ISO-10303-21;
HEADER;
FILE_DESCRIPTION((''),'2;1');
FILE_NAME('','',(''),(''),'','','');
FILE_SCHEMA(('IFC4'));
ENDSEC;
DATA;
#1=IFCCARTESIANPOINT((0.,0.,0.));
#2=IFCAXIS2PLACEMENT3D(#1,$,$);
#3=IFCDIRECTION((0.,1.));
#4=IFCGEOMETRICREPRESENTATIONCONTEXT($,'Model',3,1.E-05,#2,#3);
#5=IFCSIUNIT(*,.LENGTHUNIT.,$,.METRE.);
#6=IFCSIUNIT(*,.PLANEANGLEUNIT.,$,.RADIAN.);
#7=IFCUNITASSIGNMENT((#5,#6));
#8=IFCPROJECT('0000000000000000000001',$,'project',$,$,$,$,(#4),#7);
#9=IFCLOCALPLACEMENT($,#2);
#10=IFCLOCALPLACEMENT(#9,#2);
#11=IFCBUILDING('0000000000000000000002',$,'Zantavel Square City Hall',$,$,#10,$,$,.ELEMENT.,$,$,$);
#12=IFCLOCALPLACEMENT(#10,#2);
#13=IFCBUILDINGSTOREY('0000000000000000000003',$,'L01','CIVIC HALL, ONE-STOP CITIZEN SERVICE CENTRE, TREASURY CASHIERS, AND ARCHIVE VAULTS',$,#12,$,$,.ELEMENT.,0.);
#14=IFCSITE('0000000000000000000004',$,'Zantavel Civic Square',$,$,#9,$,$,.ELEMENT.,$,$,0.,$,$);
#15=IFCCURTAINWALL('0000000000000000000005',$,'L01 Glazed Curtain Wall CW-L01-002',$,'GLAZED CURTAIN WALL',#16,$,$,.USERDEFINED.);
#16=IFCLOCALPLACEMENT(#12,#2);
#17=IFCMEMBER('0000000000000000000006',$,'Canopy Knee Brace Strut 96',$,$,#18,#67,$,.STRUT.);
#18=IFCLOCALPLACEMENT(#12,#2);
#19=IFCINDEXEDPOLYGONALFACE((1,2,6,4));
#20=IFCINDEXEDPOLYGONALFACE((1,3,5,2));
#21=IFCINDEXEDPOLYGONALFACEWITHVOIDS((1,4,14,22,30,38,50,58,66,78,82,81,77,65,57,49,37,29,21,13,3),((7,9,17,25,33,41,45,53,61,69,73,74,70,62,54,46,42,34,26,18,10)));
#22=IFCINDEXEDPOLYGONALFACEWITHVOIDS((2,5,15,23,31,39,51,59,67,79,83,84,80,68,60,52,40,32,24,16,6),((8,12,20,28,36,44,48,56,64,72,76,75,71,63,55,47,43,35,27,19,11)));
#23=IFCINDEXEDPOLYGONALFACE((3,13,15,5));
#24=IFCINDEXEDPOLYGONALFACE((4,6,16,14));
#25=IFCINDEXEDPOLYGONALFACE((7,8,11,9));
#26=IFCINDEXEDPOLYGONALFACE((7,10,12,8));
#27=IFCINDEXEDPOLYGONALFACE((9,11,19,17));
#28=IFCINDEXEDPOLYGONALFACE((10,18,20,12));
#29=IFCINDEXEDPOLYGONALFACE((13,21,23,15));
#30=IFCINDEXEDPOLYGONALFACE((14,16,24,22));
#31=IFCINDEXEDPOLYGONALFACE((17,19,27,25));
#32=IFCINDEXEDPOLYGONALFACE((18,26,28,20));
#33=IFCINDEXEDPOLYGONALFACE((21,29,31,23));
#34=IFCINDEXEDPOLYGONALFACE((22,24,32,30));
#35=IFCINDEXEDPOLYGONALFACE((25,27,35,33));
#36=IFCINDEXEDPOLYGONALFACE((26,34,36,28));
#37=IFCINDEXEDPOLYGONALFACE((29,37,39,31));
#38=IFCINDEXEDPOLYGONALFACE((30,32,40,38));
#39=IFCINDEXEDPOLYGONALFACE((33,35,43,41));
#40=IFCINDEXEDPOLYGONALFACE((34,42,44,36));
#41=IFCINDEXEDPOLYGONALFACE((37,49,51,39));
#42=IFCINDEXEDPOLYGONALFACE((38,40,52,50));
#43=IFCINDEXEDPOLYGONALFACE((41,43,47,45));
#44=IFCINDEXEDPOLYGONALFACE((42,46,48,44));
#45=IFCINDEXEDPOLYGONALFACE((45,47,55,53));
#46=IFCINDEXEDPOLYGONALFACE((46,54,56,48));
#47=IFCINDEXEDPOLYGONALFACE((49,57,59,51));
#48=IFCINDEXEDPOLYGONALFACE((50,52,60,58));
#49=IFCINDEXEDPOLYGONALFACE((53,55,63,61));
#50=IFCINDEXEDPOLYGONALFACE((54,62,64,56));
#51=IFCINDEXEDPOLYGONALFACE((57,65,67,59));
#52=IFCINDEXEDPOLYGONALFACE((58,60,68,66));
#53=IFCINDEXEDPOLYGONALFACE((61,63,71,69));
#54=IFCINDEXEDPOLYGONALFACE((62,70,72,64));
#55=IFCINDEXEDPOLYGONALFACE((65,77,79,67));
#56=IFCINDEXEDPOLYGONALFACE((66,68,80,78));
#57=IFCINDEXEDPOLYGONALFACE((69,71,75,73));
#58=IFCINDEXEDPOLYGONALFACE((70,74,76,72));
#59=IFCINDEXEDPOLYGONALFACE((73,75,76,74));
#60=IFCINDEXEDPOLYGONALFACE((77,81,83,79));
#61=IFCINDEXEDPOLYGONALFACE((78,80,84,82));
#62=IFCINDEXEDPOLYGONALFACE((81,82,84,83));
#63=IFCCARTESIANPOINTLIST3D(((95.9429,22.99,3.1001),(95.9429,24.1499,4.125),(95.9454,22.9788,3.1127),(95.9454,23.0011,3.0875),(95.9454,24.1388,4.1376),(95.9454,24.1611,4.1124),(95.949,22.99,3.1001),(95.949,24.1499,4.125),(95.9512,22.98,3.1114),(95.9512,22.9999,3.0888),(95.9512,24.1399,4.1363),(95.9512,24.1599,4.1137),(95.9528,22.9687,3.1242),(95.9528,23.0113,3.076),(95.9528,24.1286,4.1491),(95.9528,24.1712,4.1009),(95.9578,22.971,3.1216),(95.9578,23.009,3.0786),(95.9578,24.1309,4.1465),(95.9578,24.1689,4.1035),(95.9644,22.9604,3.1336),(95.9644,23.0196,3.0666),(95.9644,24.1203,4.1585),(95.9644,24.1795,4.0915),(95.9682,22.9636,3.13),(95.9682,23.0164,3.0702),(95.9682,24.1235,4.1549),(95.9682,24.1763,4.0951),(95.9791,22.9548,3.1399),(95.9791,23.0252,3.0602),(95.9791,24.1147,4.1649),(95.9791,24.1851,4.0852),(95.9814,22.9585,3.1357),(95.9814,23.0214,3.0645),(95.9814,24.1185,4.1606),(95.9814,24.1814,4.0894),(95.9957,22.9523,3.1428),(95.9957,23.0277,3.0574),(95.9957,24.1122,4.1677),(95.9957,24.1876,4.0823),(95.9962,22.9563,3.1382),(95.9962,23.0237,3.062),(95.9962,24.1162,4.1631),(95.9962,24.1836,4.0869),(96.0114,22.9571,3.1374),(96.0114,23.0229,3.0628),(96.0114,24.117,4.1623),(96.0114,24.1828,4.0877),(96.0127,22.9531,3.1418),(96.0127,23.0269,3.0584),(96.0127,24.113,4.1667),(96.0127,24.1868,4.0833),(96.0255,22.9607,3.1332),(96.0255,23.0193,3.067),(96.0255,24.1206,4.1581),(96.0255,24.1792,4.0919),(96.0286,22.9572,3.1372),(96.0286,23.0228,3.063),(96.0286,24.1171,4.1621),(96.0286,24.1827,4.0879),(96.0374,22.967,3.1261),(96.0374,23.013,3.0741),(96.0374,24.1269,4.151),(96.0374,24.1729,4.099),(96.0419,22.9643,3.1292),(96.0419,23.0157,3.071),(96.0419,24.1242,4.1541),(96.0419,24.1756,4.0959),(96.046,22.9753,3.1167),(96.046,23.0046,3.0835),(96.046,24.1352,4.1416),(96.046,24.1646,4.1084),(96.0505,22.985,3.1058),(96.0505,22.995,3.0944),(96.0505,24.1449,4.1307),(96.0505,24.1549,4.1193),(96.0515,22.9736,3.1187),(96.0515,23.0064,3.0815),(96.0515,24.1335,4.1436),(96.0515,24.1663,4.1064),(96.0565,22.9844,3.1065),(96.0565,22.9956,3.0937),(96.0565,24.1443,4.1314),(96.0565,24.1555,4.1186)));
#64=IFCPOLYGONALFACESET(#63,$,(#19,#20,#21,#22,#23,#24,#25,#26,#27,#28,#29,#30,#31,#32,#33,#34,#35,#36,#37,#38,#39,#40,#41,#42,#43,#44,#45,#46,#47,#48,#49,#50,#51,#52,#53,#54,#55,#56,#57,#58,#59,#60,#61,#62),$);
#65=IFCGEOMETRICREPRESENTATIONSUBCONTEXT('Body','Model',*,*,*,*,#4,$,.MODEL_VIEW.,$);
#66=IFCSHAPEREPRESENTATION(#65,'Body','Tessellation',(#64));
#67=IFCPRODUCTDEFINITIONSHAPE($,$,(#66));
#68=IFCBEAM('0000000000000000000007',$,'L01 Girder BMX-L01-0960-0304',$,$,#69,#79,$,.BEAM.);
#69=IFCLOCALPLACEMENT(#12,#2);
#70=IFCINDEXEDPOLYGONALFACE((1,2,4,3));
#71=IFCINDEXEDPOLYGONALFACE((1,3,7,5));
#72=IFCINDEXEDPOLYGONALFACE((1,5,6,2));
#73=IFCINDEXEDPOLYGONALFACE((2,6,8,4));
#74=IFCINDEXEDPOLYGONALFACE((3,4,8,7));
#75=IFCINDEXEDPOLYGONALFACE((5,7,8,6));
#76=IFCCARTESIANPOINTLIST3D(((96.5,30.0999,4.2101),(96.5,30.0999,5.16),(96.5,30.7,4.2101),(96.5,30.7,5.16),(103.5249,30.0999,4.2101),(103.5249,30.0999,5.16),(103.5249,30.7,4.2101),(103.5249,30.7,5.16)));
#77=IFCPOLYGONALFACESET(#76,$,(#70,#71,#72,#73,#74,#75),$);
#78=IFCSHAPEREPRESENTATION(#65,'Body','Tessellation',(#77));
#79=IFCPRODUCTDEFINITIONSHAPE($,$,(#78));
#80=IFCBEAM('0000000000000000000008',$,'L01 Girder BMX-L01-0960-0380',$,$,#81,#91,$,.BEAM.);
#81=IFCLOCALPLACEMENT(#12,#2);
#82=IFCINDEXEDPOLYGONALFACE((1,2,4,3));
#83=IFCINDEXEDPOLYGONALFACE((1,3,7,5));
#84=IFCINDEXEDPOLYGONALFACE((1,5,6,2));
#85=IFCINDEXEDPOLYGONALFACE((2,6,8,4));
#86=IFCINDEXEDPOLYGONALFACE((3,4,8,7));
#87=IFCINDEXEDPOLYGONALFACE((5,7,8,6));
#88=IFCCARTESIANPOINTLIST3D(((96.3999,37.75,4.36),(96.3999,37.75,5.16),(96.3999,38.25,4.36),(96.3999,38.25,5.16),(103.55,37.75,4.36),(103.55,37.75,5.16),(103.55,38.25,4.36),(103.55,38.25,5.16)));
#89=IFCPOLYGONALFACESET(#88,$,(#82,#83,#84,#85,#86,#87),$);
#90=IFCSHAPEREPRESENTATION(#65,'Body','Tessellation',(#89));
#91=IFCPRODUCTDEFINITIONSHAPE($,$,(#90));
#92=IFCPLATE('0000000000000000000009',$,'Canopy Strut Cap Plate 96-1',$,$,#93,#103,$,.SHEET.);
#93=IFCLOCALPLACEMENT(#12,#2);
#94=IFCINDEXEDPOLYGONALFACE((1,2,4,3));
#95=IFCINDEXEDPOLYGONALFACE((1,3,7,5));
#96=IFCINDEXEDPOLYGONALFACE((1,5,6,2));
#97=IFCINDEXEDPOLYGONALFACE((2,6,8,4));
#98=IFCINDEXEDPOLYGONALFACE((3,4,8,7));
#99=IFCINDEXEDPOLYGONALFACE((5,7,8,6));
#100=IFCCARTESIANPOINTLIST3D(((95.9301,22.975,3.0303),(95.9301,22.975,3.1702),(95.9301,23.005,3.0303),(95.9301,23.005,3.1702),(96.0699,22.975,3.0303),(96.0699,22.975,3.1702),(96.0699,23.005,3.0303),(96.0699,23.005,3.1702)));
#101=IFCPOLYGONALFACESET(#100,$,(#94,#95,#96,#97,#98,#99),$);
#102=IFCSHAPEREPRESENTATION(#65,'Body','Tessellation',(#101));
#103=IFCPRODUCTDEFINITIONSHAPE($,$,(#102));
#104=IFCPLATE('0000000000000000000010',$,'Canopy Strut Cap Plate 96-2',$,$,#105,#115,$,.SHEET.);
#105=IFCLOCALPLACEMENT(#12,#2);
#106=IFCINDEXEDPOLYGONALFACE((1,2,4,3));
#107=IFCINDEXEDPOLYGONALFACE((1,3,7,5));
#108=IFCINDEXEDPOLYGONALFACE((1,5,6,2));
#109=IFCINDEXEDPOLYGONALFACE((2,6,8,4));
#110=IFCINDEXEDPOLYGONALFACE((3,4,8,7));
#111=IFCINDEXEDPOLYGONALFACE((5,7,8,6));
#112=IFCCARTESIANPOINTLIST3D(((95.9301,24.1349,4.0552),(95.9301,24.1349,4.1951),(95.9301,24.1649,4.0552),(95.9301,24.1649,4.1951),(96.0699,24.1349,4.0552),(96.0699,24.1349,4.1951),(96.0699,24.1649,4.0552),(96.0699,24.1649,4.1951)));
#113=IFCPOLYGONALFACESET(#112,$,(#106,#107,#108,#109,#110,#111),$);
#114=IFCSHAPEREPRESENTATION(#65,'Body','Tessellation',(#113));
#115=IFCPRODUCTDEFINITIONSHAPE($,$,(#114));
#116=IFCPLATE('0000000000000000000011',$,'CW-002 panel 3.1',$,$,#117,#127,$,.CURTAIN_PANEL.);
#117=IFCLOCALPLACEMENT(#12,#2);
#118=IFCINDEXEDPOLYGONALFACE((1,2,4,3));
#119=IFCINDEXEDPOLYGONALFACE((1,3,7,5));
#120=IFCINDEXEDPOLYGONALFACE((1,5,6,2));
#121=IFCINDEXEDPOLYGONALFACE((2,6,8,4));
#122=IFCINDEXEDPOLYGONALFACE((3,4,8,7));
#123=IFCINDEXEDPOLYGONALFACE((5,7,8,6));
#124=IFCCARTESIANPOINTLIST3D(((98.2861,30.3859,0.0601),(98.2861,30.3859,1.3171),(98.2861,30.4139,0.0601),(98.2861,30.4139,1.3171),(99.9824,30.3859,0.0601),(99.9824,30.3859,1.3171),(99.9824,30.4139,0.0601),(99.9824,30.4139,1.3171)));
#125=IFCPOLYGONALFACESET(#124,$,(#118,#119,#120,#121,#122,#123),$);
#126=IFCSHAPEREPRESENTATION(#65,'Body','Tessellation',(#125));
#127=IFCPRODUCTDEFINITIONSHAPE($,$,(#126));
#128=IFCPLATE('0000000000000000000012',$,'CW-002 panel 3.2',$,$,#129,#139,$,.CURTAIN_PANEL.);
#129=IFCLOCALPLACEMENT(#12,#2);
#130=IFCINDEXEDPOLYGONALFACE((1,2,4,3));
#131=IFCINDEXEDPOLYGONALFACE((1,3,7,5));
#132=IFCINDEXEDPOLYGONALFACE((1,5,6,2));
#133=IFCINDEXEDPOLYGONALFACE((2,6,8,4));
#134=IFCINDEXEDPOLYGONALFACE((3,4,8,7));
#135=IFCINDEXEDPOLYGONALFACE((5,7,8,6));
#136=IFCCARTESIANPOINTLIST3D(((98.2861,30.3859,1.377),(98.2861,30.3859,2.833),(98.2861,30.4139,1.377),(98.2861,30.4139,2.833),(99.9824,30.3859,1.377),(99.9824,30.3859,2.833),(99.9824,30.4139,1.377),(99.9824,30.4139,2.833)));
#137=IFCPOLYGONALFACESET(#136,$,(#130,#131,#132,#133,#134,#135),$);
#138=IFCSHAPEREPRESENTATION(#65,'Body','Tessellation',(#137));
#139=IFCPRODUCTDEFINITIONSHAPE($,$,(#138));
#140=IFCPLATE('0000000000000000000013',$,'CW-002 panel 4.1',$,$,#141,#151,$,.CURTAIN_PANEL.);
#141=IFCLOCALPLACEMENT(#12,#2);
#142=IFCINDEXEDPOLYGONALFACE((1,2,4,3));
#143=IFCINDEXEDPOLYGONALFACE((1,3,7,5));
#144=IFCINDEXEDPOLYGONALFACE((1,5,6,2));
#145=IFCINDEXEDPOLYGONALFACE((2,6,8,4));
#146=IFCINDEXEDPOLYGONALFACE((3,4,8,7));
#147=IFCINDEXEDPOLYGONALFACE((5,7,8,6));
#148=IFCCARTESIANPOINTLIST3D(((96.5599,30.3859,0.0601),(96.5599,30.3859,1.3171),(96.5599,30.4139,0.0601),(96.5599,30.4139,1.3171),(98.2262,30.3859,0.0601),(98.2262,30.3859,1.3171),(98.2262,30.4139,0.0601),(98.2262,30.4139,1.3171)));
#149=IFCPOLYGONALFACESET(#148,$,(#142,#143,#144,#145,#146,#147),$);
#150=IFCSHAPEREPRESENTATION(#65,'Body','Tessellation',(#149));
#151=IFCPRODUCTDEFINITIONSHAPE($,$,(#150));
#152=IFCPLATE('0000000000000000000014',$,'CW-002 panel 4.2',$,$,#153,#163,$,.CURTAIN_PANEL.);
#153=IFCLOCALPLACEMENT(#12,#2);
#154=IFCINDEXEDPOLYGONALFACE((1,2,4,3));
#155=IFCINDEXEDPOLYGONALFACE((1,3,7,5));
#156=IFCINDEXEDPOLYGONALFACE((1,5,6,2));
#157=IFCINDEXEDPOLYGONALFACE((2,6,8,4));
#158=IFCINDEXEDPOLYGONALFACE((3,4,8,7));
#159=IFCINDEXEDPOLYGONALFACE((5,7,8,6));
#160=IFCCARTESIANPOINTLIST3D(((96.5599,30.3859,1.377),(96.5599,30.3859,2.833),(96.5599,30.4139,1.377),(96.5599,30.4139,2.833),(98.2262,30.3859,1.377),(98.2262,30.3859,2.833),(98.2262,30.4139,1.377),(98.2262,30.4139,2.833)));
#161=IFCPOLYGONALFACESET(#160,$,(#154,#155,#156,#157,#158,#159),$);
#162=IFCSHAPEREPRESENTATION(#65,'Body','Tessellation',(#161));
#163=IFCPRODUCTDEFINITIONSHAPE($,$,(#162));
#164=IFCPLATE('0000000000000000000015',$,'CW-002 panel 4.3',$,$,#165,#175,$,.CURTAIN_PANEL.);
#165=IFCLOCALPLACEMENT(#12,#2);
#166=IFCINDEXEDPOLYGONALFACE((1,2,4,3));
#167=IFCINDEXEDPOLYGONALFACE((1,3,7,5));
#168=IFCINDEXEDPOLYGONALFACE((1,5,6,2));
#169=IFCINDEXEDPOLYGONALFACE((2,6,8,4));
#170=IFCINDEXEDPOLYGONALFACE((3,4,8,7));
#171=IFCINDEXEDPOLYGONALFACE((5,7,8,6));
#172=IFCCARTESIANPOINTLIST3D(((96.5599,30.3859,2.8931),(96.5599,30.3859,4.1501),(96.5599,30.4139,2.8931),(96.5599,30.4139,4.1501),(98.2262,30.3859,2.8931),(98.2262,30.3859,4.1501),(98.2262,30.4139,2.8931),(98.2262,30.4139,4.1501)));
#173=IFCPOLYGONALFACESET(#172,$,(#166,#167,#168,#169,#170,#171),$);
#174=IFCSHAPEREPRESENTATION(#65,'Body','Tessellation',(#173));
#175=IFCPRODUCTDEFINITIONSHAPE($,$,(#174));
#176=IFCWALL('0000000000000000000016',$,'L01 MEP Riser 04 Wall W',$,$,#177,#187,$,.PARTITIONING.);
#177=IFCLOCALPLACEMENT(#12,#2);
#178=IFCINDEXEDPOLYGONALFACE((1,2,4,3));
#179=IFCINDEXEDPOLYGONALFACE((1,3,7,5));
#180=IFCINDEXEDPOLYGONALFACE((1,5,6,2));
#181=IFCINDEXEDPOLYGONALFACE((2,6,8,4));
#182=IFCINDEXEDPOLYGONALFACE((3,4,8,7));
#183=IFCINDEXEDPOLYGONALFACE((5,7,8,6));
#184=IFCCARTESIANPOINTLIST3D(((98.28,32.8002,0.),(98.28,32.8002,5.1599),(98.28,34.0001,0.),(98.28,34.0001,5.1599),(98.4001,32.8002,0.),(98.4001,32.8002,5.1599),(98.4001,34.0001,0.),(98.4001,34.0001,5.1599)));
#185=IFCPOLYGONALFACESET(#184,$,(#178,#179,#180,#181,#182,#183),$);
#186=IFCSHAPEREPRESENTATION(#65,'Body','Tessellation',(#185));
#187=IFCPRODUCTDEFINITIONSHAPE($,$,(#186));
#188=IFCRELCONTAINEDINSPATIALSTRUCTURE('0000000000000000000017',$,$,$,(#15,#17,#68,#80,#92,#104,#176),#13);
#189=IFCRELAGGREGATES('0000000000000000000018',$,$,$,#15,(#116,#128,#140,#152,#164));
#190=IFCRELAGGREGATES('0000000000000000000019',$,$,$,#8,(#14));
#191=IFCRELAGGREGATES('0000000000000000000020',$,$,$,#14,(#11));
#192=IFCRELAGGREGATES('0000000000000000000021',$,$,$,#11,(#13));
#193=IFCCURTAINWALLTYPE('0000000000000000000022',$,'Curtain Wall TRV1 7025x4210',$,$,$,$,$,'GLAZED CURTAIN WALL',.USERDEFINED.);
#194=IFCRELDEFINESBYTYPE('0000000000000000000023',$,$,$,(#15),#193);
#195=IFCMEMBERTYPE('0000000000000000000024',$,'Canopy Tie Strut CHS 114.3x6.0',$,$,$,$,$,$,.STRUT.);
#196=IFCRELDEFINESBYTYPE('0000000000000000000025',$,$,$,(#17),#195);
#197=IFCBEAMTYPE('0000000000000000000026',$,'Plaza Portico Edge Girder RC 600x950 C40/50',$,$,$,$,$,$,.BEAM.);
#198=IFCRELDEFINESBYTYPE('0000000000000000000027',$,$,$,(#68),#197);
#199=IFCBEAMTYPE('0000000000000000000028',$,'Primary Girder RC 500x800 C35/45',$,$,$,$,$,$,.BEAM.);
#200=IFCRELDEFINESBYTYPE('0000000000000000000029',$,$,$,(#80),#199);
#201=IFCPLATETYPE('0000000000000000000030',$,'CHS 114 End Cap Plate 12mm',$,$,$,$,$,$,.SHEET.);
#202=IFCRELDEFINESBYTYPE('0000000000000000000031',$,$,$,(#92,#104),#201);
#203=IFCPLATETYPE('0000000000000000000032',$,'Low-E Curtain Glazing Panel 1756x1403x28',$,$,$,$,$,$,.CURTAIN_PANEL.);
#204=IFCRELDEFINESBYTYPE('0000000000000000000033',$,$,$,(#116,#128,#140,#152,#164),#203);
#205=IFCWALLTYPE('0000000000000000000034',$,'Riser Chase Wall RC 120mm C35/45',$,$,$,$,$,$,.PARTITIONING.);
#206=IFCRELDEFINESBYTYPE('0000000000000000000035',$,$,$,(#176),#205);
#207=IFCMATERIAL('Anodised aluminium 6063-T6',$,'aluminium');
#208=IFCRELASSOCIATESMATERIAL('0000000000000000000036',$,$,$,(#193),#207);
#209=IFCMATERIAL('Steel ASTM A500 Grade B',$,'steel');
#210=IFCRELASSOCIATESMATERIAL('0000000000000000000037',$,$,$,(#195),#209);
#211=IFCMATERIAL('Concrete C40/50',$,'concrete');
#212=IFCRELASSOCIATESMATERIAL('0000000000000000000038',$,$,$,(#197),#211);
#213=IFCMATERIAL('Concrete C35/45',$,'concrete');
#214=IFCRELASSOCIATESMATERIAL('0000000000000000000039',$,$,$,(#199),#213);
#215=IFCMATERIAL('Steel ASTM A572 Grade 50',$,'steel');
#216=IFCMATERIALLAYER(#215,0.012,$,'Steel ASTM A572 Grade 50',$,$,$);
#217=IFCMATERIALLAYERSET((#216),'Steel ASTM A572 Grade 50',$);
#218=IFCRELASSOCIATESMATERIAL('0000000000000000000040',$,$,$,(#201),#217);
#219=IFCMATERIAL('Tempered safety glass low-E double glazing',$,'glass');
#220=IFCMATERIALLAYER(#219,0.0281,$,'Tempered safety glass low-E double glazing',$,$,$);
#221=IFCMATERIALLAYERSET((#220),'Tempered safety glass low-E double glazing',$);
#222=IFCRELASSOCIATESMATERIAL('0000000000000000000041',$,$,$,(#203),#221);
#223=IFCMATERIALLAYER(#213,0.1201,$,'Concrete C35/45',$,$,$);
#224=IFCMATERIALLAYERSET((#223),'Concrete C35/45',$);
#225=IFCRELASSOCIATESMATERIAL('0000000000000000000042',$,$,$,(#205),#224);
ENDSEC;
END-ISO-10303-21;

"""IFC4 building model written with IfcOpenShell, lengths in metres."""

from ifc_helpers import new_model, si_unit, direction, frame, frame_2d, origin, origin_2d, place, context, subcontext, project, spatial, rectangle, hollow_circle, extrude, material, layer, layer_set, material_profile, profile_set, type_object, element, aggregate, save


model = new_model("IFC4")

# Units and contexts
model_context = context("Model", 3, precision=1e-05, world=origin(), true_north=direction((0.0, 1.0)))
body_context = subcontext(model_context, "Body", "Model", "MODEL_VIEW")
ifc_project = project(units=[si_unit("LENGTHUNIT", "METRE"), si_unit("PLANEANGLEUNIT", "RADIAN")], contexts=[model_context])

# Site, building, storey
site_placement = place(None, origin())
site = spatial("IfcSite", under=ifc_project, at=site_placement, Name="Zantavel Civic Square", CompositionType="ELEMENT", RefElevation=0.0)
building_placement = place(site_placement, origin())
building = spatial("IfcBuilding", under=site, at=building_placement, Name="Zantavel Square City Hall", CompositionType="ELEMENT")
storey_placement = place(building_placement, origin())
storey = spatial("IfcBuildingStorey", under=building, at=storey_placement, Name="L01", Description="CIVIC HALL, ONE-STOP CITIZEN SERVICE CENTRE, TREASURY CASHIERS, AND ARCHIVE VAULTS", CompositionType="ELEMENT", Elevation=0.0)

# Shared definitions
ifc_material_1 = material(Name="Concrete C40/50", Category="concrete")

# Curtain wall
ifc_material_2 = material(Name="Anodised aluminium 6063-T6", Category="aluminium")
curtain_wall_type = type_object("IfcCurtainWallType", Name="Curtain Wall TRV1 7025x4210", ElementType="GLAZED CURTAIN WALL", PredefinedType="USERDEFINED", material=ifc_material_2)
curtain_wall_placement = place(storey_placement, origin())
curtain_wall = element("IfcCurtainWall", 1, at=curtain_wall_placement, inside=storey, type_object=curtain_wall_type, Name="L01 Glazed Curtain Wall CW-L01-002", ObjectType="GLAZED CURTAIN WALL", PredefinedType="USERDEFINED")

# Member
ifc_material_3 = material(Name="Steel ASTM A500 Grade B", Category="steel")
ifc_material_profile_1 = material_profile(ifc_material_3, hollow_circle(Radius=0.0571, WallThickness=0.0061, at=origin_2d()), Name="CHS 114.3x6.0")
ifc_profile_set_1 = profile_set([ifc_material_profile_1], Name="Steel ASTM A500 Grade B")
member_type_1 = type_object("IfcMemberType", Name="Canopy Tie Strut CHS 114.3x6.0", PredefinedType="STRUT", material=ifc_profile_set_1)
member_1_placement = place(storey_placement, frame((96.0, 22.99, 3.1001), z_axis=(0.0, 0.749373, 0.662148), x_axis=(-1.0, 0.0, 0.0)))
element("IfcMember", 2, at=member_1_placement, inside=storey, type_object=member_type_1, Name="Canopy Knee Brace Strut 96", PredefinedType="STRUT", context=body_context, shape_type="SweptSolid", body=[
    extrude(hollow_circle(Radius=0.0571, WallThickness=0.0061, at=origin_2d()), origin(), (0.0, 0.0, 1.0), 1.5479),
])

# Beams
ifc_material_profile_2 = material_profile(ifc_material_1, rectangle(XDim=0.6001, YDim=0.95, at=origin_2d()), Name="RC 600x950")
ifc_profile_set_2 = profile_set([ifc_material_profile_2], Name="Concrete C40/50")
beam_type_1 = type_object("IfcBeamType", Name="Plaza Portico Edge Girder RC 600x950 C40/50", PredefinedType="BEAM", material=ifc_profile_set_2)
beam_1_placement = place(storey_placement, frame((96.5, 30.3999, 4.6851), z_axis=(1.0, 0.0, 0.0), x_axis=(0.0, 1.0, 0.0)))
element("IfcBeam", 3, at=beam_1_placement, inside=storey, type_object=beam_type_1, Name="L01 Girder BMX-L01-0960-0304", PredefinedType="BEAM", context=body_context, shape_type="SweptSolid", body=[
    extrude(rectangle(XDim=0.6001, YDim=0.95, at=origin_2d()), origin(), (0.0, 0.0, 1.0), 7.0249),
])
ifc_material_4 = material(Name="Concrete C35/45", Category="concrete")
ifc_material_profile_3 = material_profile(ifc_material_4, rectangle(XDim=0.5, YDim=0.8, at=origin_2d()), Name="RC 500x800")
ifc_profile_set_3 = profile_set([ifc_material_profile_3], Name="Concrete C35/45")
beam_type_2 = type_object("IfcBeamType", Name="Primary Girder RC 500x800 C35/45", PredefinedType="BEAM", material=ifc_profile_set_3)
beam_2_placement = place(storey_placement, frame((96.3999, 38.0, 4.76), z_axis=(1.0, 0.0, 0.0), x_axis=(0.0, 1.0, 0.0)))
element("IfcBeam", 4, at=beam_2_placement, inside=storey, type_object=beam_type_2, Name="L01 Girder BMX-L01-0960-0380", PredefinedType="BEAM", context=body_context, shape_type="SweptSolid", body=[
    extrude(rectangle(XDim=0.5, YDim=0.8, at=origin_2d()), origin(), (0.0, 0.0, 1.0), 7.1501),
])

# Plates
ifc_material_5 = material(Name="Steel ASTM A572 Grade 50", Category="steel")
ifc_layer_1 = layer(ifc_material_5, 0.012, Name="Steel ASTM A572 Grade 50")
ifc_layer_set_1 = layer_set([ifc_layer_1], Name="Steel ASTM A572 Grade 50")
plate_type_1 = type_object("IfcPlateType", Name="CHS 114 End Cap Plate 12mm", PredefinedType="SHEET", material=ifc_layer_set_1)
for number, where, z_axis, x_axis, name in (
    (5, (96.0, 22.99, 3.0303), (0.0, 0.0, 1.0), (1.0, 0.0, 0.0), "Canopy Strut Cap Plate 96-1"),
    (6, (96.0, 24.1499, 4.0552), (0.0, 0.0, 1.0), (1.0, 0.0, 0.0), "Canopy Strut Cap Plate 96-2"),
):
    element("IfcPlate", number, at=place(storey_placement, frame(where, z_axis=z_axis, x_axis=x_axis)), inside=storey, type_object=plate_type_1, Name=name, PredefinedType="SHEET", context=body_context, shape_type="SweptSolid", body=[
        extrude(rectangle(XDim=0.1399, YDim=0.03, at=origin_2d()), origin(), (0.0, 0.0, 1.0), 0.1399),
    ])

# Plates
ifc_material_6 = material(Name="Tempered safety glass low-E double glazing", Category="glass")
ifc_layer_2 = layer(ifc_material_6, 0.0281, Name="Tempered safety glass low-E double glazing")
ifc_layer_set_2 = layer_set([ifc_layer_2], Name="Tempered safety glass low-E double glazing")
plate_type_2 = type_object("IfcPlateType", Name="Low-E Curtain Glazing Panel 1756x1403x28", PredefinedType="CURTAIN_PANEL", material=ifc_layer_set_2)
plate_1_placement = place(storey_placement, frame((99.1343, 30.3999, 0.0601), z_axis=(0.0, 0.0, 1.0), x_axis=(-1.0, 0.0, 0.0)))
plate_1 = element("IfcPlate", 7, at=plate_1_placement, type_object=plate_type_2, Name="CW-002 panel 3.1", PredefinedType="CURTAIN_PANEL", context=body_context, shape_type="SweptSolid", body=[
    extrude(rectangle(XDim=1.6963, YDim=0.0281, at=origin_2d()), origin(), (0.0, 0.0, 1.0), 1.2571),
])
plate_2_placement = place(storey_placement, frame((99.1343, 30.3999, 1.377), z_axis=(0.0, 0.0, 1.0), x_axis=(-1.0, 0.0, 0.0)))
plate_2 = element("IfcPlate", 8, at=plate_2_placement, type_object=plate_type_2, Name="CW-002 panel 3.2", PredefinedType="CURTAIN_PANEL", context=body_context, shape_type="SweptSolid", body=[
    extrude(rectangle(XDim=1.6963, YDim=0.0281, at=origin_2d()), origin(), (0.0, 0.0, 1.0), 1.4561),
])
plate_3_placement = place(storey_placement, frame((97.3931, 30.3999, 0.0601), z_axis=(0.0, 0.0, 1.0), x_axis=(-1.0, 0.0, 0.0)))
plate_3 = element("IfcPlate", 9, at=plate_3_placement, type_object=plate_type_2, Name="CW-002 panel 4.1", PredefinedType="CURTAIN_PANEL", context=body_context, shape_type="SweptSolid", body=[
    extrude(rectangle(XDim=1.6663, YDim=0.0281, at=origin_2d()), origin(), (0.0, 0.0, 1.0), 1.2571),
])
plate_4_placement = place(storey_placement, frame((97.3931, 30.3999, 1.377), z_axis=(0.0, 0.0, 1.0), x_axis=(-1.0, 0.0, 0.0)))
plate_4 = element("IfcPlate", 10, at=plate_4_placement, type_object=plate_type_2, Name="CW-002 panel 4.2", PredefinedType="CURTAIN_PANEL", context=body_context, shape_type="SweptSolid", body=[
    extrude(rectangle(XDim=1.6663, YDim=0.0281, at=origin_2d()), origin(), (0.0, 0.0, 1.0), 1.4561),
])
plate_5_placement = place(storey_placement, frame((97.3931, 30.3999, 2.8931), z_axis=(0.0, 0.0, 1.0), x_axis=(-1.0, 0.0, 0.0)))
plate_5 = element("IfcPlate", 11, at=plate_5_placement, type_object=plate_type_2, Name="CW-002 panel 4.3", PredefinedType="CURTAIN_PANEL", context=body_context, shape_type="SweptSolid", body=[
    extrude(rectangle(XDim=1.6663, YDim=0.0281, at=origin_2d()), origin(), (0.0, 0.0, 1.0), 1.2571),
])
aggregate(curtain_wall, [plate_1, plate_2, plate_3, plate_4, plate_5])

# Wall
ifc_layer_3 = layer(ifc_material_4, 0.1201, Name="Concrete C35/45")
ifc_layer_set_3 = layer_set([ifc_layer_3], Name="Concrete C35/45")
wall_type = type_object("IfcWallType", Name="Riser Chase Wall RC 120mm C35/45", PredefinedType="PARTITIONING", material=ifc_layer_set_3)
wall_1_placement = place(storey_placement, frame((98.3401, 32.8, 0.0), z_axis=(0.0, 0.0, 1.0), x_axis=(0.0, 1.0, 0.0)))
element("IfcWall", 12, at=wall_1_placement, inside=storey, type_object=wall_type, Name="L01 MEP Riser 04 Wall W", PredefinedType="PARTITIONING", context=body_context, shape_type="SweptSolid", body=[
    extrude(rectangle(XDim=1.2, YDim=0.1201, at=frame_2d((0.6001, 0.0))), origin(), (0.0, 0.0, 1.0), 5.1599),
])

save(model, "model.ifc")
